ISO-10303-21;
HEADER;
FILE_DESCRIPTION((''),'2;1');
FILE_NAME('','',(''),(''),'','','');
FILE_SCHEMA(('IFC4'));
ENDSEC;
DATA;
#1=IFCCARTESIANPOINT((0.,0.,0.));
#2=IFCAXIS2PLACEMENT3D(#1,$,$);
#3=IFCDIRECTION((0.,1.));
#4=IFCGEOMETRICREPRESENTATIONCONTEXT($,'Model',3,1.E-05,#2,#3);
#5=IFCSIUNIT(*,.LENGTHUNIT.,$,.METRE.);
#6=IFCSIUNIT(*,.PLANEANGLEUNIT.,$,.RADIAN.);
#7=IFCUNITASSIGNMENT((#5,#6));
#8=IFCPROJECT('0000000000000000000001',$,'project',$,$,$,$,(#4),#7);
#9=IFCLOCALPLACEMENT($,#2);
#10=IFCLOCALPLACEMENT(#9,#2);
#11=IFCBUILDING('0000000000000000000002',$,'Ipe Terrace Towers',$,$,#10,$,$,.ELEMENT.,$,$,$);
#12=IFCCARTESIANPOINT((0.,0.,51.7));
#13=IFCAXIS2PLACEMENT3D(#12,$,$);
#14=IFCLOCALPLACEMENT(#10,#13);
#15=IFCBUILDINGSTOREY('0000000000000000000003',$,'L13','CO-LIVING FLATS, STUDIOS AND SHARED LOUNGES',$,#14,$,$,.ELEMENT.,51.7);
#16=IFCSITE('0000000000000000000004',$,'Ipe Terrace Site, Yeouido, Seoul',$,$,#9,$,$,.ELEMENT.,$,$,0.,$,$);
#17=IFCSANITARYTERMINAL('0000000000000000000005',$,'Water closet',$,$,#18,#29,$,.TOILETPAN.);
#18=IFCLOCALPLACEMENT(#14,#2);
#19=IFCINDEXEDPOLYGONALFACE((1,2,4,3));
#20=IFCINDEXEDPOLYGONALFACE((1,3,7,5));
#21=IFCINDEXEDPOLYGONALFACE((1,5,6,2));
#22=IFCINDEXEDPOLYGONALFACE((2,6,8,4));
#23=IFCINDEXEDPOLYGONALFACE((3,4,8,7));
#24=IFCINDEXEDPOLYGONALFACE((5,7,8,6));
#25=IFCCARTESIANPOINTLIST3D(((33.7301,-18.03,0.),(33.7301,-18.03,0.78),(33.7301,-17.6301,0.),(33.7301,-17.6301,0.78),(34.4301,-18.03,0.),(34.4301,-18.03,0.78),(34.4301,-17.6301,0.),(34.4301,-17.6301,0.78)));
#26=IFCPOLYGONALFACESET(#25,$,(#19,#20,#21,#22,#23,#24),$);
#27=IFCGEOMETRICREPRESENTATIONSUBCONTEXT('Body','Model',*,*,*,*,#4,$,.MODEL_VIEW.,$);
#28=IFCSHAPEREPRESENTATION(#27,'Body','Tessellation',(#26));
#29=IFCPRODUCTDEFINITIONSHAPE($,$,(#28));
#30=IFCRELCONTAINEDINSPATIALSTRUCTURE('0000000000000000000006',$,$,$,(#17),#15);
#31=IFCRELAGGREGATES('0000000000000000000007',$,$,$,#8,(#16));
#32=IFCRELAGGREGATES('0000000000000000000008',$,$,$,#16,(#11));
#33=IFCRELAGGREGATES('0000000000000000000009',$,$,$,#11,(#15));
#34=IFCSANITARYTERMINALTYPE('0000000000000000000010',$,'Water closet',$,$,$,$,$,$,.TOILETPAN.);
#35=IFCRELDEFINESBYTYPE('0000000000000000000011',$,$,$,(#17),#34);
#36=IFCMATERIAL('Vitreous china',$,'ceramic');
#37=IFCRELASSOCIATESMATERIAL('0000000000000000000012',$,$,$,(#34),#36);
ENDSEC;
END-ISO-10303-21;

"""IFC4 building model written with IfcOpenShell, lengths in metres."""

from ifc_helpers import new_model, si_unit, direction, frame, origin, origin_2d, place, context, subcontext, project, spatial, rectangle, extrude, material, type_object, element, save


model = new_model("IFC4")

# Units and contexts
model_context = context("Model", 3, precision=1e-05, world=origin(), true_north=direction((0.0, 1.0)))
body_context = subcontext(model_context, "Body", "Model", "MODEL_VIEW")
ifc_project = project(units=[si_unit("LENGTHUNIT", "METRE"), si_unit("PLANEANGLEUNIT", "RADIAN")], contexts=[model_context])

# Site, building, storey
site_placement = place(None, origin())
site = spatial("IfcSite", under=ifc_project, at=site_placement, Name="Ipe Terrace Site, Yeouido, Seoul", CompositionType="ELEMENT", RefElevation=0.0)
building_placement = place(site_placement, origin())
building = spatial("IfcBuilding", under=site, at=building_placement, Name="Ipe Terrace Towers", CompositionType="ELEMENT")
storey_placement = place(building_placement, frame((0.0, 0.0, 51.7)))
storey = spatial("IfcBuildingStorey", under=building, at=storey_placement, Name="L13", Description="CO-LIVING FLATS, STUDIOS AND SHARED LOUNGES", CompositionType="ELEMENT", Elevation=51.7)

# Sanitary terminal
ifc_material_1 = material(Name="Vitreous china", Category="ceramic")
sanitary_terminal_type_1 = type_object("IfcSanitaryTerminalType", Name="Water closet", PredefinedType="TOILETPAN", material=ifc_material_1)
sanitary_terminal_1_placement = place(storey_placement, frame((34.0801, -17.8301, 0.0), z_axis=(0.0, 0.0, 1.0), x_axis=(-1.0, 0.0, 0.0)))
element("IfcSanitaryTerminal", 1, at=sanitary_terminal_1_placement, inside=storey, type_object=sanitary_terminal_type_1, Name="Water closet", PredefinedType="TOILETPAN", context=body_context, shape_type="SweptSolid", body=[
    extrude(rectangle(XDim=0.7, YDim=0.3999, at=origin_2d()), origin(), (0.0, 0.0, 1.0), 0.78),
])

save(model, "model.ifc")
